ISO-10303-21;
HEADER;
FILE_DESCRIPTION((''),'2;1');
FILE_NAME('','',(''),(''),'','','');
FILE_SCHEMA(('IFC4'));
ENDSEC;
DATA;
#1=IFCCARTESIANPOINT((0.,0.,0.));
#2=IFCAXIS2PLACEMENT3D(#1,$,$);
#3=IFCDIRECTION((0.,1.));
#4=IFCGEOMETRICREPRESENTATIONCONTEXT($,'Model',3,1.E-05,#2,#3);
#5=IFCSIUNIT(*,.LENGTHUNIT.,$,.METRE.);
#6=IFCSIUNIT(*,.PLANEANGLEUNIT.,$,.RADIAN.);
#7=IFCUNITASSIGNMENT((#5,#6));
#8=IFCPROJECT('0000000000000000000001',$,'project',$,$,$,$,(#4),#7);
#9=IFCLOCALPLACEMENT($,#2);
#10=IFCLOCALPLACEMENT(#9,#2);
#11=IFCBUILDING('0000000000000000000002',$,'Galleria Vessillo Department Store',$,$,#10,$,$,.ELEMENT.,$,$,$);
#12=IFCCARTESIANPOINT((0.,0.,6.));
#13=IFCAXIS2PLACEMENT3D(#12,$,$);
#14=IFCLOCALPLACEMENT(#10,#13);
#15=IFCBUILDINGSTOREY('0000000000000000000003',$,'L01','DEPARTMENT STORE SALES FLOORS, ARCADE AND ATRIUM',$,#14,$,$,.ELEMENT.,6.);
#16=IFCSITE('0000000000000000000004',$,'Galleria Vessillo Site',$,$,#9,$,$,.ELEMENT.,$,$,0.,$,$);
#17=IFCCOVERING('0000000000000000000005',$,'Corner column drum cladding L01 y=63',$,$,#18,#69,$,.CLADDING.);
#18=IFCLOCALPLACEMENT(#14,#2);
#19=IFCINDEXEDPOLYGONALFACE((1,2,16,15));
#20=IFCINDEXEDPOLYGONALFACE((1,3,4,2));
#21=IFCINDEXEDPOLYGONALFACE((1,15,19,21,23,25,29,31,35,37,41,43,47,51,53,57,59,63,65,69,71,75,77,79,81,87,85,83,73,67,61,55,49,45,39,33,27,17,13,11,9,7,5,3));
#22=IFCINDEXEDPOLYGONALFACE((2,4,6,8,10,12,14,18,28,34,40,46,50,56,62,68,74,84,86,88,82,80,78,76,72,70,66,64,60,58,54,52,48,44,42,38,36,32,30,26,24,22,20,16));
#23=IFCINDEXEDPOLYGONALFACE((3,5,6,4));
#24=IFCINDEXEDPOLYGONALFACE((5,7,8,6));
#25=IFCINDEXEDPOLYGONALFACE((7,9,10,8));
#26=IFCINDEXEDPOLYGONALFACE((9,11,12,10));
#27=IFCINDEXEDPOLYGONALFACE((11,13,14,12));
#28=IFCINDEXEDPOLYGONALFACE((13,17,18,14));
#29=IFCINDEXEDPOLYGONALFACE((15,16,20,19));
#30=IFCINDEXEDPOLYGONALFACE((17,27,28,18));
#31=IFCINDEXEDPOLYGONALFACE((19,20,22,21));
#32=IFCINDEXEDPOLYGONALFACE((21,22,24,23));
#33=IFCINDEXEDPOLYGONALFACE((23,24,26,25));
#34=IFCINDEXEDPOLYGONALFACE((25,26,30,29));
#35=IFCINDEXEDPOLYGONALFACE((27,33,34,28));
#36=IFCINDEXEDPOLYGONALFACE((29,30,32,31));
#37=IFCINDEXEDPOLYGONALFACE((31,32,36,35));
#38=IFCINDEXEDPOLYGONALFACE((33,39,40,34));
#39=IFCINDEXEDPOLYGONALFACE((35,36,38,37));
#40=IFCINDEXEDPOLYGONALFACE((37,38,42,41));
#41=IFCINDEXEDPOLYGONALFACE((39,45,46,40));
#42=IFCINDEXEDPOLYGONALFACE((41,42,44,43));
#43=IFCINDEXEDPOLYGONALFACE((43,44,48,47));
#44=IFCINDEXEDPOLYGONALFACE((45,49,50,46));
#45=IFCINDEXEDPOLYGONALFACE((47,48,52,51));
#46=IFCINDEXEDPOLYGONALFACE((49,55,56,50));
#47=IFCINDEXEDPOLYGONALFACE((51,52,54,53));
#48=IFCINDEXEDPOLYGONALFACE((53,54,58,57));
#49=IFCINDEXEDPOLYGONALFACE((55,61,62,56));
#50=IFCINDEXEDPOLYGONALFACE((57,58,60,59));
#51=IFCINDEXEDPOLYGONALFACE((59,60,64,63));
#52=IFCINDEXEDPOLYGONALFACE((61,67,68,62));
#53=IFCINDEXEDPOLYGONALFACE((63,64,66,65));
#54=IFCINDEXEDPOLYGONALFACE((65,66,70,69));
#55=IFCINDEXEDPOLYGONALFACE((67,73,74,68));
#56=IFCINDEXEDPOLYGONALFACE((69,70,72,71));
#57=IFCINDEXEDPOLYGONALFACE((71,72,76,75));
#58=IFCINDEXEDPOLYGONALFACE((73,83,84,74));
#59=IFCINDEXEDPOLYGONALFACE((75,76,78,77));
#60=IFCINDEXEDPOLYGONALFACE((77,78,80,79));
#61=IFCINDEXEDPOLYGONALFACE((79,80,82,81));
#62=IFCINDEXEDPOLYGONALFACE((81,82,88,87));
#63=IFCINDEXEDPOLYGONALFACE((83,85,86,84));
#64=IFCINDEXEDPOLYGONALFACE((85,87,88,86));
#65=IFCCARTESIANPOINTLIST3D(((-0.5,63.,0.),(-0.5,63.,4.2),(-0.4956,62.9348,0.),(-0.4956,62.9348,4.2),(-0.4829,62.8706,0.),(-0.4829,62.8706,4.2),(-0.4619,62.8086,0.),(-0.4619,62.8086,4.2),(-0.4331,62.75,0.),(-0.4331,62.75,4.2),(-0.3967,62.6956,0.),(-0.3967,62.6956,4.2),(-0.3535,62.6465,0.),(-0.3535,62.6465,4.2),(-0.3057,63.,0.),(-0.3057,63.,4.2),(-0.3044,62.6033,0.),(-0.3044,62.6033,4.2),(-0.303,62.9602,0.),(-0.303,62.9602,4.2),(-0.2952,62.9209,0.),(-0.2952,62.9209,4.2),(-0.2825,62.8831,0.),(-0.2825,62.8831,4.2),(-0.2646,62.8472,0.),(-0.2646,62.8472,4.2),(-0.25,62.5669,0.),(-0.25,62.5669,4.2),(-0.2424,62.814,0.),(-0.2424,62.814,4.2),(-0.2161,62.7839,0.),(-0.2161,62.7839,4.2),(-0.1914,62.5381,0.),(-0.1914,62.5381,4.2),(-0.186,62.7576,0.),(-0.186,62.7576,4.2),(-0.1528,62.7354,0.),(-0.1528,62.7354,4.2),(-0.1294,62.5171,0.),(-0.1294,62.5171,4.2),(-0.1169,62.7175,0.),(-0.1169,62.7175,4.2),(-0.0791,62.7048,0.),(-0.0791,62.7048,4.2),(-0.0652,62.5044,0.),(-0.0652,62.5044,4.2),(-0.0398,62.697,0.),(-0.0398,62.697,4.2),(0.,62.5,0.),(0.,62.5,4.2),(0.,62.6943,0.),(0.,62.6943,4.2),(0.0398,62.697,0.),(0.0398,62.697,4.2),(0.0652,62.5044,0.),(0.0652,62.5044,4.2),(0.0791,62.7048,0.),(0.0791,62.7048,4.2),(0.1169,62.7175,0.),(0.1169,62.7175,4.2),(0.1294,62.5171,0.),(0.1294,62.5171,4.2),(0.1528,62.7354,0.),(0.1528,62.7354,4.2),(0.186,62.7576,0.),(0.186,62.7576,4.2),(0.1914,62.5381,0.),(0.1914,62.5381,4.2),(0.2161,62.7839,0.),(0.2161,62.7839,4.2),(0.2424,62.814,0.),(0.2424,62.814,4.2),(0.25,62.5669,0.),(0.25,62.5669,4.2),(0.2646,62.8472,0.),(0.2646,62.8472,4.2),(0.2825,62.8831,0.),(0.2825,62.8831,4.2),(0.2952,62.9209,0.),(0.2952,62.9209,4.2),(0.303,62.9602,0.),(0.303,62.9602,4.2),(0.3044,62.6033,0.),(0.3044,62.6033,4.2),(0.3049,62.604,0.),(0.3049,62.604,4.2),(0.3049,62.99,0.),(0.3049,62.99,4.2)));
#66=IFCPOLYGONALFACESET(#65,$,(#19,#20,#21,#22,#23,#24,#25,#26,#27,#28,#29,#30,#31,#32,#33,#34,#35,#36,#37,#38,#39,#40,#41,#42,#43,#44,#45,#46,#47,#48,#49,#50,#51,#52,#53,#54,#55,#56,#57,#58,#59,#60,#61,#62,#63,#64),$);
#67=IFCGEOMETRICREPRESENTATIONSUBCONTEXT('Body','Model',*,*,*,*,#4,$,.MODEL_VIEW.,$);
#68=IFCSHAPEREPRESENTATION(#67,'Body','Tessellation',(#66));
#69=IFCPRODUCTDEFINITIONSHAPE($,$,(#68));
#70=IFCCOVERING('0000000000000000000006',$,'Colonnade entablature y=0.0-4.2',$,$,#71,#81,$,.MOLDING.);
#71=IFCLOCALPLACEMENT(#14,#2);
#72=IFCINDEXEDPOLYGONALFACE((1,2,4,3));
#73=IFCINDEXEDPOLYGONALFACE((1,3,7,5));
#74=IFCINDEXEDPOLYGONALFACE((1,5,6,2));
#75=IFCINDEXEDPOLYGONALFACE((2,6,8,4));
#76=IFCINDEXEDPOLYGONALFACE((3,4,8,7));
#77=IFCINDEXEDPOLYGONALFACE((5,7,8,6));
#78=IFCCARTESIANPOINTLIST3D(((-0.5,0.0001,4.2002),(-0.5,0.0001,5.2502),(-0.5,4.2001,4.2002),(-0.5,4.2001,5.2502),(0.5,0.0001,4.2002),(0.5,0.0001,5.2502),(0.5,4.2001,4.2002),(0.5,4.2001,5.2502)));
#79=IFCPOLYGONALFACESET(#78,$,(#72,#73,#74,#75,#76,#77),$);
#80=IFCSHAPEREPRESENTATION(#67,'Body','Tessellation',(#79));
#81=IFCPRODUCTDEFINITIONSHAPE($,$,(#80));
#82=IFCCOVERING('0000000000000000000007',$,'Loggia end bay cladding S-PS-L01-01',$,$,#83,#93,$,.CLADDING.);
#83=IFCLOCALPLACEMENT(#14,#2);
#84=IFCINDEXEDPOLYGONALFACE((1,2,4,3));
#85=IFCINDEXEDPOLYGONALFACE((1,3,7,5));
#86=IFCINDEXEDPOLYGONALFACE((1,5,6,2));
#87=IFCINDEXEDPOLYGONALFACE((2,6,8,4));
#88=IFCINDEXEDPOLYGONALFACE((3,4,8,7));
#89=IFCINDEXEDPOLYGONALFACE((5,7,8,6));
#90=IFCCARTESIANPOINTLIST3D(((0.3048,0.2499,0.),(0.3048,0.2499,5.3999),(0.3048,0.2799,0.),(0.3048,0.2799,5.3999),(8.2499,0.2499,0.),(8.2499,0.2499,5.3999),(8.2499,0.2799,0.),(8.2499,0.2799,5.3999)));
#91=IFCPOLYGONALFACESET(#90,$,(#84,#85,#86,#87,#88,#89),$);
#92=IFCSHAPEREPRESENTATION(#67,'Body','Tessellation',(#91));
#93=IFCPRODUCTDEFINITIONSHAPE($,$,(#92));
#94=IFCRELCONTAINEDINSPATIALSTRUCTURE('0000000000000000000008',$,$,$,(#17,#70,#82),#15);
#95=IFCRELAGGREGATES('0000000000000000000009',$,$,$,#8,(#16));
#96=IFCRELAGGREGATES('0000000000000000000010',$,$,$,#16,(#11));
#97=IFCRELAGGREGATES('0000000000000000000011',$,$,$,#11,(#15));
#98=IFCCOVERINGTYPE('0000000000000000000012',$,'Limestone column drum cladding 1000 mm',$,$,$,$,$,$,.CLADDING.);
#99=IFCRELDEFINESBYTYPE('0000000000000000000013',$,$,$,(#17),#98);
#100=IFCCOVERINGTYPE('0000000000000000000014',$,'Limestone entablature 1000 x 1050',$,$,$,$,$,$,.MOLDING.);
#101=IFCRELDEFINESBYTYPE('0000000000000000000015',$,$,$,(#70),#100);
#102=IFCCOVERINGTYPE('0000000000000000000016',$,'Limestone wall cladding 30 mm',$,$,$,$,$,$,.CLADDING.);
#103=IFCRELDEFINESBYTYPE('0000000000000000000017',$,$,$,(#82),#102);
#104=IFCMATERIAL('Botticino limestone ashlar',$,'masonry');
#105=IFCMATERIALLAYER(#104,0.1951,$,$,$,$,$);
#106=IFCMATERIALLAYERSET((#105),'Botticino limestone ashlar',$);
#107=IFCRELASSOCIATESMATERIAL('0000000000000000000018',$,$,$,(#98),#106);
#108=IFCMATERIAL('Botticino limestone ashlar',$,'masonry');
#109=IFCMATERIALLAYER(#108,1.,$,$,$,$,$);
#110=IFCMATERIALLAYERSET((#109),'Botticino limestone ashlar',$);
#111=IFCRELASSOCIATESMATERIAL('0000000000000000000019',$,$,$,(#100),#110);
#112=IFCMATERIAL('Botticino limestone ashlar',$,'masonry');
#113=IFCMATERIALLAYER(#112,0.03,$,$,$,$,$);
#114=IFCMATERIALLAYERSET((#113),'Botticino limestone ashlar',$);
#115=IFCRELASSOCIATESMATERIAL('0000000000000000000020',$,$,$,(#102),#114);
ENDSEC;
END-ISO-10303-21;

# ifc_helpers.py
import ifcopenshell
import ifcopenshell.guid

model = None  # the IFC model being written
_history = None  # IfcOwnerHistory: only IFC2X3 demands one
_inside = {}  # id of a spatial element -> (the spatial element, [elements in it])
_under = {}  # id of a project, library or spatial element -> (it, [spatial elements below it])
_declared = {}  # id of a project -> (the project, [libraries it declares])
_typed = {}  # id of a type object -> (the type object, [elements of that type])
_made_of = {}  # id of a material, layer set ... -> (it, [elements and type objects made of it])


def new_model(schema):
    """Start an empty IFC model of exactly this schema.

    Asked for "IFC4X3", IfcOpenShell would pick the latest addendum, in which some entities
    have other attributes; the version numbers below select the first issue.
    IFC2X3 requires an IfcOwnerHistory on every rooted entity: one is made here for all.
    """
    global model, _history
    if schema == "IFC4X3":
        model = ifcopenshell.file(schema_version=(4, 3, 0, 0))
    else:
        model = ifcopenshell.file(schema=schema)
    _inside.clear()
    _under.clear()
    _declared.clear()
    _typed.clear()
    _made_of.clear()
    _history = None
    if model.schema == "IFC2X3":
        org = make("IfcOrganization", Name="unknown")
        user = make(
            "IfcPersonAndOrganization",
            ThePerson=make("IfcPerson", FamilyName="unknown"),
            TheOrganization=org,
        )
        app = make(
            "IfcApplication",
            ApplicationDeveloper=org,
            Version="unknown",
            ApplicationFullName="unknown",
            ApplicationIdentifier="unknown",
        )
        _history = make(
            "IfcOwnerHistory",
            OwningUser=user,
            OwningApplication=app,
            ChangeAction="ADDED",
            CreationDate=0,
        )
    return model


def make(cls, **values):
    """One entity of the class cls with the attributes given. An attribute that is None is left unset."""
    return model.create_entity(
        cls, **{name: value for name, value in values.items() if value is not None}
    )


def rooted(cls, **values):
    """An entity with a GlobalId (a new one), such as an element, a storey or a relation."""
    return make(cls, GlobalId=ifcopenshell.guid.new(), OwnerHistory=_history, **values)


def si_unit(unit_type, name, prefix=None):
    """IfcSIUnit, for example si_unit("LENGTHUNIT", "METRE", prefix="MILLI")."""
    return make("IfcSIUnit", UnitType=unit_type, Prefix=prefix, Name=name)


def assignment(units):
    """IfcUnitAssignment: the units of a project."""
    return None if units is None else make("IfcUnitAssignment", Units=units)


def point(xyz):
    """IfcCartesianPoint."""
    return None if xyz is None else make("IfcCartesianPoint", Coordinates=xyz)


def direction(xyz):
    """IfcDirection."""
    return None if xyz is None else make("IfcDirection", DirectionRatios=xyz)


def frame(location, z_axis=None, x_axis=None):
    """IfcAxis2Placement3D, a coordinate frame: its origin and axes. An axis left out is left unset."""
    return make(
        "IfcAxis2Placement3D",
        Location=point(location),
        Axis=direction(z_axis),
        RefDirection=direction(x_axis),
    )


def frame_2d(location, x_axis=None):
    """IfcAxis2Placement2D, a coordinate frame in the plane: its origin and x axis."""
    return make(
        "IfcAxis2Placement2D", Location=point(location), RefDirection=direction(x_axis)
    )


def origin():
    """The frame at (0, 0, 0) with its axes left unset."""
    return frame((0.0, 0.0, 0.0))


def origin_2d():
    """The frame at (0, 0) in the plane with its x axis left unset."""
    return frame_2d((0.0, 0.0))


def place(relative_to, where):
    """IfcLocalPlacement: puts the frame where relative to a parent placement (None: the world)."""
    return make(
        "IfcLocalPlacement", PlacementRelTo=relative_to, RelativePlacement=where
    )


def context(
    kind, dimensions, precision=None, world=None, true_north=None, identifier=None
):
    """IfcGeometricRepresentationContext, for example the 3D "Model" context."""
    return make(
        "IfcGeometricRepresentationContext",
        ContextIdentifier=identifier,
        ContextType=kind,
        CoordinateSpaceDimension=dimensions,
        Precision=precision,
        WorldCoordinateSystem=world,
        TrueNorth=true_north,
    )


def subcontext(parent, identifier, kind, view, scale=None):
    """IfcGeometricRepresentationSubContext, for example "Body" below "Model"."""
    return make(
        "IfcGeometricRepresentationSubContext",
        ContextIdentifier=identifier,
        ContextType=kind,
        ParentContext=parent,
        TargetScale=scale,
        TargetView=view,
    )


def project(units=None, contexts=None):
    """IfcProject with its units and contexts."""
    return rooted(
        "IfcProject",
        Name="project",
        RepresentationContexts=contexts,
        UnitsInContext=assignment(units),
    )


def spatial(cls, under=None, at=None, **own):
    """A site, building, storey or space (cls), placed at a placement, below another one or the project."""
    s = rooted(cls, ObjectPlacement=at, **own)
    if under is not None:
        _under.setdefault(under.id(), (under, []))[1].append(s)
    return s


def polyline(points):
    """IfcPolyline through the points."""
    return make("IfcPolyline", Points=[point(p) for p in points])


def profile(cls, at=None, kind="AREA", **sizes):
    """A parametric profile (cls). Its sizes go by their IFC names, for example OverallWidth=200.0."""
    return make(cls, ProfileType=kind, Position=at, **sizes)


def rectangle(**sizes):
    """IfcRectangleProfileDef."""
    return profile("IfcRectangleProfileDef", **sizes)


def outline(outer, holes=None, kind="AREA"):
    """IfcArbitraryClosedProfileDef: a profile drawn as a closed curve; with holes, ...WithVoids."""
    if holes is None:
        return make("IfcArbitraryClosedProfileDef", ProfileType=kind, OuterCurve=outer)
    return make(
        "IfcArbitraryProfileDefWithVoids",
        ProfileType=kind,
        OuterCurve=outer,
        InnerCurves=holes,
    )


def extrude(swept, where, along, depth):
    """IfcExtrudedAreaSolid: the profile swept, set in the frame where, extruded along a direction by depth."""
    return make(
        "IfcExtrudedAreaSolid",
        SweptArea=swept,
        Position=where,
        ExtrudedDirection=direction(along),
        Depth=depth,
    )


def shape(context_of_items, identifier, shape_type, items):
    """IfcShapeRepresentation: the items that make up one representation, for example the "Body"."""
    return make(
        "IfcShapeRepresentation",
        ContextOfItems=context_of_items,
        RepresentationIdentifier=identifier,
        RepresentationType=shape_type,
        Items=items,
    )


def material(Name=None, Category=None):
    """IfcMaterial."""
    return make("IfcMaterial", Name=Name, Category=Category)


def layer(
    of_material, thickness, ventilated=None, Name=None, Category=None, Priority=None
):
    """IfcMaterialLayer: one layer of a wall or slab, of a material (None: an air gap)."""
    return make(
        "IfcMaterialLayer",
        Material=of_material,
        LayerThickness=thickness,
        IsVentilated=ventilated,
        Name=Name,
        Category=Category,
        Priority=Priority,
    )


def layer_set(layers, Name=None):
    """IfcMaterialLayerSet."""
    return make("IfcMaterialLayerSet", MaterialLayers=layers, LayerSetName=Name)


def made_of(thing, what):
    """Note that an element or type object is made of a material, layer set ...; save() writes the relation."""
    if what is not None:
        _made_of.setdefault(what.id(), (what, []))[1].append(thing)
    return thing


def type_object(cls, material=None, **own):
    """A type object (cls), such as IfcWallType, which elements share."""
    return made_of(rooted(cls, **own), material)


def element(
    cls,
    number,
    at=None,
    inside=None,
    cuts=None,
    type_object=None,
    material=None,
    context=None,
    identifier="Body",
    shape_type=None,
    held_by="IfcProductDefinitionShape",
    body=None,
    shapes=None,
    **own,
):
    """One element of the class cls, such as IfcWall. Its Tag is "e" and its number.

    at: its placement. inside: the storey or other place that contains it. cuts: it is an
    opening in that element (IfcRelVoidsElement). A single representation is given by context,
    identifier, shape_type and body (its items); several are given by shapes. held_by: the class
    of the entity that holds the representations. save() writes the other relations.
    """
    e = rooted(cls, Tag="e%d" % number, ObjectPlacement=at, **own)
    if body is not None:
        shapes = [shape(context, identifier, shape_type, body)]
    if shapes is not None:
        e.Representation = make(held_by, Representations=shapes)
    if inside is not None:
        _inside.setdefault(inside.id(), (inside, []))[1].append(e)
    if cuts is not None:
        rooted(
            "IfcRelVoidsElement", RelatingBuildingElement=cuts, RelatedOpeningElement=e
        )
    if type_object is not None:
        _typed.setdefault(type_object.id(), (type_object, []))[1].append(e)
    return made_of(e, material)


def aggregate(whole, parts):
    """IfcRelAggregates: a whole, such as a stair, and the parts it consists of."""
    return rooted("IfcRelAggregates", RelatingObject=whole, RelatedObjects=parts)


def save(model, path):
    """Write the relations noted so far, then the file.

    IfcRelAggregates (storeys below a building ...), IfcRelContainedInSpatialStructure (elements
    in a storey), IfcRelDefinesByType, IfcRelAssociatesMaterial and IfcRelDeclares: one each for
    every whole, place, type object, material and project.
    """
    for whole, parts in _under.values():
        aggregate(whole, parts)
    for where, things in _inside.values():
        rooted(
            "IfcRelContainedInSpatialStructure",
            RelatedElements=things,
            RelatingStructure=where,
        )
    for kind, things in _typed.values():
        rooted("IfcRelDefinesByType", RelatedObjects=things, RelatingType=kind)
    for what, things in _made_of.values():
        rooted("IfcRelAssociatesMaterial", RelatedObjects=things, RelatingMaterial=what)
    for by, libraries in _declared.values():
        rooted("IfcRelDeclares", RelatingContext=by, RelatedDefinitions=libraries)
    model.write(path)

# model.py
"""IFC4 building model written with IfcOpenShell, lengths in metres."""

from ifc_helpers import new_model, si_unit, direction, frame, origin, origin_2d, place, context, subcontext, project, spatial, polyline, rectangle, outline, extrude, material, layer, layer_set, type_object, element, save


model = new_model("IFC4")

# Units and contexts
model_context = context("Model", 3, precision=1e-05, world=origin(), true_north=direction((0.0, 1.0)))
body_context = subcontext(model_context, "Body", "Model", "MODEL_VIEW")
ifc_project = project(units=[si_unit("LENGTHUNIT", "METRE"), si_unit("PLANEANGLEUNIT", "RADIAN")], contexts=[model_context])

# Site, building, storey
site_placement = place(None, origin())
site = spatial("IfcSite", under=ifc_project, at=site_placement, Name="Galleria Vessillo Site", CompositionType="ELEMENT", RefElevation=0.0)
building_placement = place(site_placement, origin())
building = spatial("IfcBuilding", under=site, at=building_placement, Name="Galleria Vessillo Department Store", CompositionType="ELEMENT")
storey_placement = place(building_placement, frame((0.0, 0.0, 6.0)))
storey = spatial("IfcBuildingStorey", under=building, at=storey_placement, Name="L01", Description="DEPARTMENT STORE SALES FLOORS, ARCADE AND ATRIUM", CompositionType="ELEMENT", Elevation=6.0)

# Coverings
ifc_material_1 = material(Name="Botticino limestone ashlar", Category="masonry")
ifc_layer_1 = layer(ifc_material_1, 0.1951)
ifc_layer_set_1 = layer_set([ifc_layer_1], Name="Botticino limestone ashlar")
covering_type_1 = type_object("IfcCoveringType", Name="Limestone column drum cladding 1000 mm", PredefinedType="CLADDING", material=ifc_layer_set_1)
covering_1_placement = place(storey_placement, origin())
element("IfcCovering", 1, at=covering_1_placement, inside=storey, type_object=covering_type_1, Name="Corner column drum cladding L01 y=63", PredefinedType="CLADDING", context=body_context, shape_type="SweptSolid", body=[
    extrude(outline(polyline([(0.25, 62.5669), (0.1914, 62.5381), (0.1294, 62.5171), (0.0652, 62.5044), (0.0, 62.5), (-0.0652, 62.5044), (-0.1294, 62.5171), (-0.1914, 62.5381), (-0.25, 62.5669), (-0.3044, 62.6033), (-0.3535, 62.6465), (-0.3967, 62.6956), (-0.4331, 62.75), (-0.4619, 62.8086), (-0.4829, 62.8706), (-0.4956, 62.9348), (-0.5, 63.0), (-0.3057, 63.0), (-0.303, 62.9602), (-0.2952, 62.9209), (-0.2825, 62.8831), (-0.2646, 62.8472), (-0.2424, 62.814), (-0.2161, 62.7839), (-0.186, 62.7576), (-0.1528, 62.7354), (-0.1169, 62.7175), (-0.0791, 62.7048), (-0.0398, 62.697), (0.0, 62.6943), (0.0398, 62.697), (0.0791, 62.7048), (0.1169, 62.7175), (0.1528, 62.7354), (0.186, 62.7576), (0.2161, 62.7839), (0.2424, 62.814), (0.2646, 62.8472), (0.2825, 62.8831), (0.2952, 62.9209), (0.303, 62.9602), (0.3049, 62.99), (0.3049, 62.604), (0.3044, 62.6033), (0.25, 62.5669)])), origin(), (0.0, 0.0, 1.0), 4.2),
])
ifc_material_2 = material(Name="Botticino limestone ashlar", Category="masonry")
ifc_layer_2 = layer(ifc_material_2, 1.0)
ifc_layer_set_2 = layer_set([ifc_layer_2], Name="Botticino limestone ashlar")
covering_type_2 = type_object("IfcCoveringType", Name="Limestone entablature 1000 x 1050", PredefinedType="MOLDING", material=ifc_layer_set_2)
covering_2_placement = place(storey_placement, frame((0.0, 2.1001, 4.2002), z_axis=(0.0, 0.0, 1.0), x_axis=(1.0, 0.0, 0.0)))
element("IfcCovering", 2, at=covering_2_placement, inside=storey, type_object=covering_type_2, Name="Colonnade entablature y=0.0-4.2", PredefinedType="MOLDING", context=body_context, shape_type="SweptSolid", body=[
    extrude(rectangle(XDim=1.0, YDim=4.2, at=origin_2d()), origin(), (0.0, 0.0, 1.0), 1.05),
])
ifc_material_3 = material(Name="Botticino limestone ashlar", Category="masonry")
ifc_layer_3 = layer(ifc_material_3, 0.03)
ifc_layer_set_3 = layer_set([ifc_layer_3], Name="Botticino limestone ashlar")
covering_type_3 = type_object("IfcCoveringType", Name="Limestone wall cladding 30 mm", PredefinedType="CLADDING", material=ifc_layer_set_3)
covering_3_placement = place(storey_placement, frame((4.2773, 0.2649, 0.0), z_axis=(0.0, 0.0, 1.0), x_axis=(1.0, 0.0, 0.0)))
element("IfcCovering", 3, at=covering_3_placement, inside=storey, type_object=covering_type_3, Name="Loggia end bay cladding S-PS-L01-01", PredefinedType="CLADDING", context=body_context, shape_type="SweptSolid", body=[
    extrude(rectangle(XDim=7.9451, YDim=0.03, at=origin_2d()), origin(), (0.0, 0.0, 1.0), 5.3999),
])

save(model, "model.ifc")
